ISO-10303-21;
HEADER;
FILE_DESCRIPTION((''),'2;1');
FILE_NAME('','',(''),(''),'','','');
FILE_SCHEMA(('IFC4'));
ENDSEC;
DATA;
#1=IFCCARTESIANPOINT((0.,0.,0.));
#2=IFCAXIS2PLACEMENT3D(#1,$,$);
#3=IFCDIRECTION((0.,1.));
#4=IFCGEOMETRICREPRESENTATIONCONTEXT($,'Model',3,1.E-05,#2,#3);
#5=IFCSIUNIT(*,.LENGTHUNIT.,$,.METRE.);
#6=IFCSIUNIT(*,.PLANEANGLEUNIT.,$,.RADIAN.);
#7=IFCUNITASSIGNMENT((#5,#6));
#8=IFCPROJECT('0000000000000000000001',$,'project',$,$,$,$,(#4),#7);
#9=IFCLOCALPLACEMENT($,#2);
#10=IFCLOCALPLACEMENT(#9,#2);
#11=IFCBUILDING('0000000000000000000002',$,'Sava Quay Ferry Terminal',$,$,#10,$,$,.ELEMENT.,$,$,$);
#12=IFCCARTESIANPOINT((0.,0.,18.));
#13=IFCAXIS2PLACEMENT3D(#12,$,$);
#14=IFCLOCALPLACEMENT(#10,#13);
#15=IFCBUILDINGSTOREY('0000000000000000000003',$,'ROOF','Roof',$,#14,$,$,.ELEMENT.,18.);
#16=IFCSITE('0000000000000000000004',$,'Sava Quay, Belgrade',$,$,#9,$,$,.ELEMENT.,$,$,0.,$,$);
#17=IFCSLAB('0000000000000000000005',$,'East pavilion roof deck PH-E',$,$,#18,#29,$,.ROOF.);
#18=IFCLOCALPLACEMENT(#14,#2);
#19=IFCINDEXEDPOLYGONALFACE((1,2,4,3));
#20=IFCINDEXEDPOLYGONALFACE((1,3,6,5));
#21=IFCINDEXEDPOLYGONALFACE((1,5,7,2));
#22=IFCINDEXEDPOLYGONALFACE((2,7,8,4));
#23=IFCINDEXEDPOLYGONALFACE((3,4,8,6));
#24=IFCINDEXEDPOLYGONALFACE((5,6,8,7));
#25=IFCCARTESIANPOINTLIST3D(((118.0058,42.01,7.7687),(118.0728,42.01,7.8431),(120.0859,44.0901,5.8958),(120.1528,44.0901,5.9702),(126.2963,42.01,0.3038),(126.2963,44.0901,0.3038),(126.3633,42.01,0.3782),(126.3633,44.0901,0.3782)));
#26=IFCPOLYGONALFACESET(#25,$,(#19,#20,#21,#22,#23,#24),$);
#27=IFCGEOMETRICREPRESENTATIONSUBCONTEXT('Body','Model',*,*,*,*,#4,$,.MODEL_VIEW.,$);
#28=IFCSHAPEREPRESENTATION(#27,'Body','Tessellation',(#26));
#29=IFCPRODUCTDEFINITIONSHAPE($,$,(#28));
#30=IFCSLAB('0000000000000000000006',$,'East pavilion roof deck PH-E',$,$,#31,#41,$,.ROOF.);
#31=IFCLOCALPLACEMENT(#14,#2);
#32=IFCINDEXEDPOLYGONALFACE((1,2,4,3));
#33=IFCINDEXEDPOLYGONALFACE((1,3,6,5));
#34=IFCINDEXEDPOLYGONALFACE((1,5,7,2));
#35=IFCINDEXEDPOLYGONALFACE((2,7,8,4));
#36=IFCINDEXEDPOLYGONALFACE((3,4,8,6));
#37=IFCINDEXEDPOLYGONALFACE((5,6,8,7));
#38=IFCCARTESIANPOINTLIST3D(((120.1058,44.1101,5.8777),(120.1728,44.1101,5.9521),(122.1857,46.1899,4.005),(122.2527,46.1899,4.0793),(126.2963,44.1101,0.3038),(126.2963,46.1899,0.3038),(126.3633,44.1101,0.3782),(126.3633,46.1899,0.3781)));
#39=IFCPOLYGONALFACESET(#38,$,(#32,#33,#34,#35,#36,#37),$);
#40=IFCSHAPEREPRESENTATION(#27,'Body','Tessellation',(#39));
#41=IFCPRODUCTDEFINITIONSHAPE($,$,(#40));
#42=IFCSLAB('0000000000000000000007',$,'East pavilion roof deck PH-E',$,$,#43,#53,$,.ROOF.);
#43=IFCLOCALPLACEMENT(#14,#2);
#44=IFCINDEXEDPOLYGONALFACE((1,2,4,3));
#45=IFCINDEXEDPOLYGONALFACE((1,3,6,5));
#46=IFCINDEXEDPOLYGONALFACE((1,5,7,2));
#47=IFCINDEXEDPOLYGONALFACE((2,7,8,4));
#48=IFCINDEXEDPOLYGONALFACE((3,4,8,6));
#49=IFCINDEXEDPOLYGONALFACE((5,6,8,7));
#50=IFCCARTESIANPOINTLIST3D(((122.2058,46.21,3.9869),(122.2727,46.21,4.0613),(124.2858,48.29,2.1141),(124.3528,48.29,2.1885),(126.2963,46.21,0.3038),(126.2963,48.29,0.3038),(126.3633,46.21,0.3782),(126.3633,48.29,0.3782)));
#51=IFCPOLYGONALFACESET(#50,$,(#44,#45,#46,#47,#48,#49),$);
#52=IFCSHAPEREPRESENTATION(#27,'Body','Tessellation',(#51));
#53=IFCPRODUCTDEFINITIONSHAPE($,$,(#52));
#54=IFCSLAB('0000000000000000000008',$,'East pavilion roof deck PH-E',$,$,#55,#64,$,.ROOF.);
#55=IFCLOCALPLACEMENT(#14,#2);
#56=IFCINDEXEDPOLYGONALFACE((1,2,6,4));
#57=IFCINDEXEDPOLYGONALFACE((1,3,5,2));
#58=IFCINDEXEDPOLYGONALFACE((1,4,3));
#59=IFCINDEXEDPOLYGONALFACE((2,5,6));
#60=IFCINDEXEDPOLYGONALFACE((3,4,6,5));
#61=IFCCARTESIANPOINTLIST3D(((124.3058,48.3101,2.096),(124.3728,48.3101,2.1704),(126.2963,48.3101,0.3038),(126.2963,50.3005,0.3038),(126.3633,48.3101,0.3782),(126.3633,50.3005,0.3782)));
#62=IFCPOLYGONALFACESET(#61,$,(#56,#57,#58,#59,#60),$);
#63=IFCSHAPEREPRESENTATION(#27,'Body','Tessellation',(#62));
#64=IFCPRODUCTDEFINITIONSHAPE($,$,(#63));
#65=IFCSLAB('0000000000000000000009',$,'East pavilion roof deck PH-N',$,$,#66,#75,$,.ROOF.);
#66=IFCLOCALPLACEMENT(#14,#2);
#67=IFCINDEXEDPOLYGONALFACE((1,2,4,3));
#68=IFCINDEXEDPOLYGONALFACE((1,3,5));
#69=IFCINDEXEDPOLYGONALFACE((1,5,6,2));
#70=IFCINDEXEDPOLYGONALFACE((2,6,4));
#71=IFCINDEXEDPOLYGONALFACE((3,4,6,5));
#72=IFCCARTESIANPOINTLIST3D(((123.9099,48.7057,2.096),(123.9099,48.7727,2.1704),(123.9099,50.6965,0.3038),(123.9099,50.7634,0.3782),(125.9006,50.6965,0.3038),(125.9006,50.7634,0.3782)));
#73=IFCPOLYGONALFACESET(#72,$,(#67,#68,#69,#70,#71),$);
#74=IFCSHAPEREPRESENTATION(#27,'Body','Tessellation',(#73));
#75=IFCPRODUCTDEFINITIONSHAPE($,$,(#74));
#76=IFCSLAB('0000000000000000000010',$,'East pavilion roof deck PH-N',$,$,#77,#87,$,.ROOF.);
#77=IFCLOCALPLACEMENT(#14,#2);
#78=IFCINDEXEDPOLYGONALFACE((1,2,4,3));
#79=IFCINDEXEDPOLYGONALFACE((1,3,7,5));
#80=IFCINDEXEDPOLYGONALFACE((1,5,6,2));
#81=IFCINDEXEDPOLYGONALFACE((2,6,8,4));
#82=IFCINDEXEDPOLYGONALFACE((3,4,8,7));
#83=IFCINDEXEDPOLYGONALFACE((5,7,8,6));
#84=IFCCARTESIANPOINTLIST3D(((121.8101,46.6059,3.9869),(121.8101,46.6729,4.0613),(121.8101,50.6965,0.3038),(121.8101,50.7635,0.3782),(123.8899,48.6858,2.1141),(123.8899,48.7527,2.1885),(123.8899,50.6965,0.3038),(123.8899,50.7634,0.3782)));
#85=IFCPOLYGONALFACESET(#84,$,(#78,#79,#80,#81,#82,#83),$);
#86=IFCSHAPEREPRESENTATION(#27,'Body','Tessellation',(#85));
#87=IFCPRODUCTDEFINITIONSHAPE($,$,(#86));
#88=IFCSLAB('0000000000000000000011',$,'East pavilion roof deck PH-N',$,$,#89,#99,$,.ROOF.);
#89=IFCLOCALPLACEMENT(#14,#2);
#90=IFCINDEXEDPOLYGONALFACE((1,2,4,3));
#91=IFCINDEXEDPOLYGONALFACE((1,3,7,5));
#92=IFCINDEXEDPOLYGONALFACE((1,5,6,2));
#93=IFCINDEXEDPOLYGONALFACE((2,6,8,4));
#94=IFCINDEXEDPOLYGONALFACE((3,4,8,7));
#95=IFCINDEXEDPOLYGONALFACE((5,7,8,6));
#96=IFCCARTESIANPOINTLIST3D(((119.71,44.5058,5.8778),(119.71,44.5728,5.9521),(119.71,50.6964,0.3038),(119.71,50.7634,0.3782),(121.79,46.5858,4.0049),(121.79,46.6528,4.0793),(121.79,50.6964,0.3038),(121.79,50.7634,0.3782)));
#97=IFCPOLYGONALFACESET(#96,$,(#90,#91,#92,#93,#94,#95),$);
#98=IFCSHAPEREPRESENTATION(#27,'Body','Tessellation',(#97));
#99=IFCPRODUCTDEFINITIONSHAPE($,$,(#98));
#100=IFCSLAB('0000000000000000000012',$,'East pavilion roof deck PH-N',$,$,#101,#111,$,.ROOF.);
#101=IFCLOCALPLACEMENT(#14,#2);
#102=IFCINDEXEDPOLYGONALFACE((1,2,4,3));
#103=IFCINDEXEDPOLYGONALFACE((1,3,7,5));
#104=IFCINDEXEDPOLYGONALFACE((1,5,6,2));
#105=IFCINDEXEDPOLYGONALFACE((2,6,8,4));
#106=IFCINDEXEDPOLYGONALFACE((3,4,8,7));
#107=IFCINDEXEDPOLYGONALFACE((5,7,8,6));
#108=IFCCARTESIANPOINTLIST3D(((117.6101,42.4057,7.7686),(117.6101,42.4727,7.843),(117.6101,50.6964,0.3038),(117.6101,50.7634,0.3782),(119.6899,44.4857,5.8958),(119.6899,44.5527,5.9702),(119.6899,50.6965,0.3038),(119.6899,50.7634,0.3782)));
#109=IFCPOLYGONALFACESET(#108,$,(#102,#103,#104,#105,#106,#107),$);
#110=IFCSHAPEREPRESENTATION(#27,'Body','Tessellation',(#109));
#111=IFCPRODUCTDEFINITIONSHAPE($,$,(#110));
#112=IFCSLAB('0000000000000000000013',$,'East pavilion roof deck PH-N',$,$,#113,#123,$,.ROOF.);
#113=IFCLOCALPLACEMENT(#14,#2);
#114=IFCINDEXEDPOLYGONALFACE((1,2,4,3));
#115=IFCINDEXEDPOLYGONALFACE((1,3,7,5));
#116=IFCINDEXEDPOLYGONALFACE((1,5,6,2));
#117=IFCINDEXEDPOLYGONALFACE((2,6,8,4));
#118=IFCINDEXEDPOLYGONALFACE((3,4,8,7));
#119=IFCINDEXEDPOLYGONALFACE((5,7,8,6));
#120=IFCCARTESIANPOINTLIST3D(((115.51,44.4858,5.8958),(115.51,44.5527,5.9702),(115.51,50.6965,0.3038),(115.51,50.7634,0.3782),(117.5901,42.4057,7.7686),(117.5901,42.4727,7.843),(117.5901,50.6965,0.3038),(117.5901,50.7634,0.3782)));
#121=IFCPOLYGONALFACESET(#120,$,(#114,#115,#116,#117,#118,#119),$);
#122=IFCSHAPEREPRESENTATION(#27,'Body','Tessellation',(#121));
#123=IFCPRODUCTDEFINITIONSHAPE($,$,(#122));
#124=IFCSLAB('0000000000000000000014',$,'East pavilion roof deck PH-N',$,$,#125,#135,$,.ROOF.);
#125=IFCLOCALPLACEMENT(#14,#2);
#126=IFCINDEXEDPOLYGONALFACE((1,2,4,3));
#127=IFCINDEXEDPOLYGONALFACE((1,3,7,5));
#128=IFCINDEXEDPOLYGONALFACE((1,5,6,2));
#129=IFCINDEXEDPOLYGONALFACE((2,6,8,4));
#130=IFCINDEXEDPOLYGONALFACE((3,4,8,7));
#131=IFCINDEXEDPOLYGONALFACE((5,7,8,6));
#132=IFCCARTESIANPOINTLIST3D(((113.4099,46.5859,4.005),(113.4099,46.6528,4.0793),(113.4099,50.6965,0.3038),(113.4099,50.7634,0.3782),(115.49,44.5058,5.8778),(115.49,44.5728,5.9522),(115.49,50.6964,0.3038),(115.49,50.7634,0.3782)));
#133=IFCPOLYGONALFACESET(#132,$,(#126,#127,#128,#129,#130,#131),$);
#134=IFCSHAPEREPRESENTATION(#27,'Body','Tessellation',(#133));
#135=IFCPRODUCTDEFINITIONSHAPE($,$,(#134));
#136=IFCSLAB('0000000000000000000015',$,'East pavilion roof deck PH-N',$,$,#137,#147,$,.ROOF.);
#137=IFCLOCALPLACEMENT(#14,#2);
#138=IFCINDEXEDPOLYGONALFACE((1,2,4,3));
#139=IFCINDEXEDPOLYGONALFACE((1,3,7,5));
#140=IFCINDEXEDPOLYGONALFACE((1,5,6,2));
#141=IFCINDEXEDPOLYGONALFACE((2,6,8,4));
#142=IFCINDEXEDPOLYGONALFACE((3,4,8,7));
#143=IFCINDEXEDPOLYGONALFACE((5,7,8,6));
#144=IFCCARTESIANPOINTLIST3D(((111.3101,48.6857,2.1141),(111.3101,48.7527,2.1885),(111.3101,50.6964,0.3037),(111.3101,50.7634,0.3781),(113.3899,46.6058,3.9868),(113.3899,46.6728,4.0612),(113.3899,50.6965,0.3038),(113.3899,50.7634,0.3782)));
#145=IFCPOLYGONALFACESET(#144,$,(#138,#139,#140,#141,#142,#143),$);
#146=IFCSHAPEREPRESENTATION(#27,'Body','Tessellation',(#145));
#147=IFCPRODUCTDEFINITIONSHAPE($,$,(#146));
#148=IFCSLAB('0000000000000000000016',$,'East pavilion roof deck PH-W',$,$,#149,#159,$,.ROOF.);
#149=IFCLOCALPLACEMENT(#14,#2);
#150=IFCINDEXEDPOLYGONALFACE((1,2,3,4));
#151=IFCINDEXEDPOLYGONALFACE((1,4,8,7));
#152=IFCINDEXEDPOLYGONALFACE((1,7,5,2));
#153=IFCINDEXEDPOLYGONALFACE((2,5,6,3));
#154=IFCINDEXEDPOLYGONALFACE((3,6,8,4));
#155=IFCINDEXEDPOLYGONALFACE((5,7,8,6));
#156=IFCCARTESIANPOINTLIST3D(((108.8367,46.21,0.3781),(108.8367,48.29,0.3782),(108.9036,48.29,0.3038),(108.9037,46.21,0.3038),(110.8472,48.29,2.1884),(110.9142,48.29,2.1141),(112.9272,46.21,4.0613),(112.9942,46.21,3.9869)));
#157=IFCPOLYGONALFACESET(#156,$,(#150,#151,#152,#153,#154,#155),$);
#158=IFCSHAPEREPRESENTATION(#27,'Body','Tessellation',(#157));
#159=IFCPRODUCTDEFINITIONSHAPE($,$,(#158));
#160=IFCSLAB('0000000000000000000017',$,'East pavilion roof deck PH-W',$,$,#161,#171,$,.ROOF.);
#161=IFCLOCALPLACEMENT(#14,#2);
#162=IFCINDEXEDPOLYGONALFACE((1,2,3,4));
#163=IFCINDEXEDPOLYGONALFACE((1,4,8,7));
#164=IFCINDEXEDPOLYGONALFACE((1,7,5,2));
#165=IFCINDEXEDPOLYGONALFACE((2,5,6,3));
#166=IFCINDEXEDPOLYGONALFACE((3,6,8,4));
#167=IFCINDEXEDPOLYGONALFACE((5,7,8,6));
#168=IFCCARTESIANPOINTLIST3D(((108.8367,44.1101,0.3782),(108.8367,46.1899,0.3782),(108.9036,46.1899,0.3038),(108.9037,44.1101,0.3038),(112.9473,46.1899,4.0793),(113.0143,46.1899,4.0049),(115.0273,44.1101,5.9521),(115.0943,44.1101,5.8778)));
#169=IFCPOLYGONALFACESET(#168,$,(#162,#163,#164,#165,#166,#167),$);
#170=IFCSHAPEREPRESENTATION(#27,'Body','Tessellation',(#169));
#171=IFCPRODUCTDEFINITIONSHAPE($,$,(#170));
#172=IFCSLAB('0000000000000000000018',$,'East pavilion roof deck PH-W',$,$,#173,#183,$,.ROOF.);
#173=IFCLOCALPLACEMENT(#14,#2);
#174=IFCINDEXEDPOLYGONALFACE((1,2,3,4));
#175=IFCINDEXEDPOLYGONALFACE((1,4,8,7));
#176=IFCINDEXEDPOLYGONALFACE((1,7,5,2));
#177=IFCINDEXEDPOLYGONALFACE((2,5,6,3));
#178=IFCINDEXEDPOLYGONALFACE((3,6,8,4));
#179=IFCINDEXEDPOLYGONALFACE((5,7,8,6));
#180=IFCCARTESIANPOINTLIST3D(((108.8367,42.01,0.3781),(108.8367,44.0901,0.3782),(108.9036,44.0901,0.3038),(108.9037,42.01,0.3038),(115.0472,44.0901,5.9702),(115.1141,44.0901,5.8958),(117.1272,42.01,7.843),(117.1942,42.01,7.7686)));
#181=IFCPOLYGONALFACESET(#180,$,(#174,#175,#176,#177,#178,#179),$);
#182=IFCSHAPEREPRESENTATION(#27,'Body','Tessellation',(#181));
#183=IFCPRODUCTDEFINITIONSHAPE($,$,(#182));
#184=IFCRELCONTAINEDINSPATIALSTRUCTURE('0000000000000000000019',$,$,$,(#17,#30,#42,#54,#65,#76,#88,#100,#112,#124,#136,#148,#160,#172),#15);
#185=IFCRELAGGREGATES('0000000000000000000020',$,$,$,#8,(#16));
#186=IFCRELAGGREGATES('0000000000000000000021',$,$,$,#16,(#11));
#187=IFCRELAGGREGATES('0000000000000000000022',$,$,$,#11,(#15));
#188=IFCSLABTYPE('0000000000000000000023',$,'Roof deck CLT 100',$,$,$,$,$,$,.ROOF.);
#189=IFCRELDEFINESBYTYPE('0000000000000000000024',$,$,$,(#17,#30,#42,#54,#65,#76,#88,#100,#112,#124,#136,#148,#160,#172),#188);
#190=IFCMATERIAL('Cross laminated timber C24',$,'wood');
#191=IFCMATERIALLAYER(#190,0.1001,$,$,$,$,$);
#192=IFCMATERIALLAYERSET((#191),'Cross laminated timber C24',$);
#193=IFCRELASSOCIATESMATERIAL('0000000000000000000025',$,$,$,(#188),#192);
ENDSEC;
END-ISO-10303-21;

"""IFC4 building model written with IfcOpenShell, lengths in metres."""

from ifc_helpers import new_model, si_unit, direction, frame, origin, place, context, subcontext, project, spatial, polyline, outline, extrude, material, layer, layer_set, type_object, element, save


model = new_model("IFC4")

# Units and contexts
model_context = context("Model", 3, precision=1e-05, world=origin(), true_north=direction((0.0, 1.0)))
body_context = subcontext(model_context, "Body", "Model", "MODEL_VIEW")
ifc_project = project(units=[si_unit("LENGTHUNIT", "METRE"), si_unit("PLANEANGLEUNIT", "RADIAN")], contexts=[model_context])

# Site, building, storey
site_placement = place(None, origin())
site = spatial("IfcSite", under=ifc_project, at=site_placement, Name="Sava Quay, Belgrade", CompositionType="ELEMENT", RefElevation=0.0)
building_placement = place(site_placement, origin())
building = spatial("IfcBuilding", under=site, at=building_placement, Name="Sava Quay Ferry Terminal", CompositionType="ELEMENT")
storey_placement = place(building_placement, frame((0.0, 0.0, 18.0)))
storey = spatial("IfcBuildingStorey", under=building, at=storey_placement, Name="ROOF", Description="Roof", CompositionType="ELEMENT", Elevation=18.0)

# Slabs
ifc_material_1 = material(Name="Cross laminated timber C24", Category="wood")
ifc_layer_1 = layer(ifc_material_1, 0.1001)
ifc_layer_set_1 = layer_set([ifc_layer_1], Name="Cross laminated timber C24")
slab_type = type_object("IfcSlabType", Name="Roof deck CLT 100", PredefinedType="ROOF", material=ifc_layer_set_1)
slab_1_placement = place(storey_placement, frame((120.1528, 44.0901, 5.9702), z_axis=(0.669135, -0.000023, 0.743141), x_axis=(0.743141, 0.0, -0.669135)))
element("IfcSlab", 1, at=slab_1_placement, inside=storey, type_object=slab_type, Name="East pavilion roof deck PH-E", PredefinedType="ROOF", context=body_context, shape_type="SweptSolid", body=[
    extrude(outline(polyline([(0.0, 0.0), (8.3571, 0.0), (8.3571, -2.0801), (-2.7989, -2.0801), (0.0, 0.0)])), origin(), (0.0, 0.0, -1.0), 0.1001),
])
slab_2_placement = place(storey_placement, frame((122.2527, 46.1899, 4.0793), z_axis=(0.669133, 0.000018, 0.743143), x_axis=(0.743143, 0.0, -0.669133)))
element("IfcSlab", 2, at=slab_2_placement, inside=storey, type_object=slab_type, Name="East pavilion roof deck PH-E", PredefinedType="ROOF", context=body_context, shape_type="SweptSolid", body=[
    extrude(outline(polyline([(0.0, 0.0), (5.5313, 0.0), (5.5313, -2.0798), (-2.7988, -2.0798), (0.0, 0.0)])), origin(), (0.0, 0.0, -1.0), 0.1001),
])
slab_3_placement = place(storey_placement, frame((124.3528, 48.29, 2.1885), z_axis=(0.669129, -0.000018, 0.743146), x_axis=(0.743146, 0.0, -0.669129)))
element("IfcSlab", 3, at=slab_3_placement, inside=storey, type_object=slab_type, Name="East pavilion roof deck PH-E", PredefinedType="ROOF", context=body_context, shape_type="SweptSolid", body=[
    extrude(outline(polyline([(0.0, 0.0), (2.7054, 0.0), (2.7054, -2.0801), (-2.7989, -2.0801), (0.0, 0.0)])), origin(), (0.0, 0.0, -1.0), 0.1001),
])
slab_4_placement = place(storey_placement, frame((126.3633, 50.3005, 0.3782), z_axis=(0.669131, 0.0, 0.743145), x_axis=(0.0, -1.0, 0.0)))
element("IfcSlab", 4, at=slab_4_placement, inside=storey, type_object=slab_type, Name="East pavilion roof deck PH-E", PredefinedType="ROOF", context=body_context, shape_type="SweptSolid", body=[
    extrude(outline(polyline([(0.0, 0.0), (1.9905, 0.0), (1.9905, -2.6785), (0.0, 0.0)])), origin(), (0.0, 0.0, -1.0), 0.1001),
])
slab_5_placement = place(storey_placement, frame((123.9099, 48.7727, 2.1704), z_axis=(0.0, 0.669086, 0.743185), x_axis=(0.0, 0.743185, -0.669086)))
element("IfcSlab", 5, at=slab_5_placement, inside=storey, type_object=slab_type, Name="East pavilion roof deck PH-N", PredefinedType="ROOF", context=body_context, shape_type="SweptSolid", body=[
    extrude(outline(polyline([(0.0, 0.0), (2.6786, 0.0), (2.6786, -1.9907), (0.0, 0.0)])), origin(), (0.0, 0.0, -1.0), 0.1001),
])
slab_6_placement = place(storey_placement, frame((121.8101, 46.6729, 4.0613), z_axis=(0.000035, 0.669114, 0.74316), x_axis=(0.0, 0.74316, -0.669114)))
element("IfcSlab", 6, at=slab_6_placement, inside=storey, type_object=slab_type, Name="East pavilion roof deck PH-N", PredefinedType="ROOF", context=body_context, shape_type="SweptSolid", body=[
    extrude(outline(polyline([(0.0, 0.0), (5.5044, 0.0), (5.5044, -2.0798), (2.7988, -2.0798), (0.0, 0.0)])), origin(), (0.0, 0.0, -1.0), 0.1001),
])
slab_7_placement = place(storey_placement, frame((119.71, 44.5728, 5.9521), z_axis=(-0.000014, 0.669124, 0.743151), x_axis=(0.0, 0.743151, -0.669124)))
element("IfcSlab", 7, at=slab_7_placement, inside=storey, type_object=slab_type, Name="East pavilion roof deck PH-N", PredefinedType="ROOF", context=body_context, shape_type="SweptSolid", body=[
    extrude(outline(polyline([(0.0, 0.0), (8.3303, 0.0), (8.3303, -2.0801), (2.7989, -2.0801), (0.0, 0.0)])), origin(), (0.0, 0.0, -1.0), 0.1001),
])
slab_8_placement = place(storey_placement, frame((117.6101, 42.4727, 7.843), z_axis=(-0.000012, 0.669122, 0.743152), x_axis=(0.0, 0.743152, -0.669122)))
element("IfcSlab", 8, at=slab_8_placement, inside=storey, type_object=slab_type, Name="East pavilion roof deck PH-N", PredefinedType="ROOF", context=body_context, shape_type="SweptSolid", body=[
    extrude(outline(polyline([(0.0, 0.0), (11.1562, 0.0), (11.1562, -2.0798), (2.7989, -2.0798), (0.0, 0.0)])), origin(), (0.0, 0.0, -1.0), 0.1001),
])
slab_9_placement = place(storey_placement, frame((115.51, 44.5527, 5.9702), z_axis=(0.000012, 0.669122, 0.743152), x_axis=(0.0, 0.743152, -0.669122)))
element("IfcSlab", 9, at=slab_9_placement, inside=storey, type_object=slab_type, Name="East pavilion roof deck PH-N", PredefinedType="ROOF", context=body_context, shape_type="SweptSolid", body=[
    extrude(outline(polyline([(0.0, 0.0), (8.3573, 0.0), (8.3573, -2.0801), (-2.7989, -2.0801), (0.0, 0.0)])), origin(), (0.0, 0.0, -1.0), 0.1001),
])
slab_10_placement = place(storey_placement, frame((113.4099, 46.6528, 4.0793), z_axis=(0.000014, 0.669124, 0.743151), x_axis=(0.0, 0.743151, -0.669124)))
element("IfcSlab", 10, at=slab_10_placement, inside=storey, type_object=slab_type, Name="East pavilion roof deck PH-N", PredefinedType="ROOF", context=body_context, shape_type="SweptSolid", body=[
    extrude(outline(polyline([(0.0, 0.0), (5.5313, 0.0), (5.5313, -2.0801), (-2.7989, -2.0801), (0.0, 0.0)])), origin(), (0.0, 0.0, -1.0), 0.1001),
])
slab_11_placement = place(storey_placement, frame((111.3101, 48.7527, 2.1885), z_axis=(-0.000035, 0.669114, 0.74316), x_axis=(0.0, 0.74316, -0.669114)))
element("IfcSlab", 11, at=slab_11_placement, inside=storey, type_object=slab_type, Name="East pavilion roof deck PH-N", PredefinedType="ROOF", context=body_context, shape_type="SweptSolid", body=[
    extrude(outline(polyline([(0.0, 0.0), (2.7056, 0.0), (2.7056, -2.0798), (-2.7988, -2.0798), (0.0, 0.0)])), origin(), (0.0, 0.0, -1.0), 0.1001),
])
slab_12_placement = place(storey_placement, frame((112.9272, 46.21, 4.0613), z_axis=(-0.669129, -0.000018, 0.743146), x_axis=(-0.743146, 0.0, -0.669129)))
element("IfcSlab", 12, at=slab_12_placement, inside=storey, type_object=slab_type, Name="East pavilion roof deck PH-W", PredefinedType="ROOF", context=body_context, shape_type="SweptSolid", body=[
    extrude(outline(polyline([(0.0, 0.0), (5.5044, 0.0), (5.5044, -2.0801), (2.7989, -2.0801), (0.0, 0.0)])), origin(), (0.0, 0.0, -1.0), 0.1001),
])
slab_13_placement = place(storey_placement, frame((115.0273, 44.1101, 5.9521), z_axis=(-0.669124, -0.000014, 0.743151), x_axis=(-0.743151, 0.0, -0.669124)))
element("IfcSlab", 13, at=slab_13_placement, inside=storey, type_object=slab_type, Name="East pavilion roof deck PH-W", PredefinedType="ROOF", context=body_context, shape_type="SweptSolid", body=[
    extrude(outline(polyline([(0.0, 0.0), (8.3303, 0.0), (8.3303, -2.0798), (2.7989, -2.0798), (0.0, 0.0)])), origin(), (0.0, 0.0, -1.0), 0.1001),
])
slab_14_placement = place(storey_placement, frame((117.1272, 42.01, 7.843), z_axis=(-0.669135, -0.000023, 0.743141), x_axis=(-0.743141, 0.0, -0.669135)))
element("IfcSlab", 14, at=slab_14_placement, inside=storey, type_object=slab_type, Name="East pavilion roof deck PH-W", PredefinedType="ROOF", context=body_context, shape_type="SweptSolid", body=[
    extrude(outline(polyline([(0.0, 0.0), (11.156, 0.0), (11.156, -2.0801), (2.7989, -2.0801), (0.0, 0.0)])), origin(), (0.0, 0.0, -1.0), 0.1001),
])

save(model, "model.ifc")
